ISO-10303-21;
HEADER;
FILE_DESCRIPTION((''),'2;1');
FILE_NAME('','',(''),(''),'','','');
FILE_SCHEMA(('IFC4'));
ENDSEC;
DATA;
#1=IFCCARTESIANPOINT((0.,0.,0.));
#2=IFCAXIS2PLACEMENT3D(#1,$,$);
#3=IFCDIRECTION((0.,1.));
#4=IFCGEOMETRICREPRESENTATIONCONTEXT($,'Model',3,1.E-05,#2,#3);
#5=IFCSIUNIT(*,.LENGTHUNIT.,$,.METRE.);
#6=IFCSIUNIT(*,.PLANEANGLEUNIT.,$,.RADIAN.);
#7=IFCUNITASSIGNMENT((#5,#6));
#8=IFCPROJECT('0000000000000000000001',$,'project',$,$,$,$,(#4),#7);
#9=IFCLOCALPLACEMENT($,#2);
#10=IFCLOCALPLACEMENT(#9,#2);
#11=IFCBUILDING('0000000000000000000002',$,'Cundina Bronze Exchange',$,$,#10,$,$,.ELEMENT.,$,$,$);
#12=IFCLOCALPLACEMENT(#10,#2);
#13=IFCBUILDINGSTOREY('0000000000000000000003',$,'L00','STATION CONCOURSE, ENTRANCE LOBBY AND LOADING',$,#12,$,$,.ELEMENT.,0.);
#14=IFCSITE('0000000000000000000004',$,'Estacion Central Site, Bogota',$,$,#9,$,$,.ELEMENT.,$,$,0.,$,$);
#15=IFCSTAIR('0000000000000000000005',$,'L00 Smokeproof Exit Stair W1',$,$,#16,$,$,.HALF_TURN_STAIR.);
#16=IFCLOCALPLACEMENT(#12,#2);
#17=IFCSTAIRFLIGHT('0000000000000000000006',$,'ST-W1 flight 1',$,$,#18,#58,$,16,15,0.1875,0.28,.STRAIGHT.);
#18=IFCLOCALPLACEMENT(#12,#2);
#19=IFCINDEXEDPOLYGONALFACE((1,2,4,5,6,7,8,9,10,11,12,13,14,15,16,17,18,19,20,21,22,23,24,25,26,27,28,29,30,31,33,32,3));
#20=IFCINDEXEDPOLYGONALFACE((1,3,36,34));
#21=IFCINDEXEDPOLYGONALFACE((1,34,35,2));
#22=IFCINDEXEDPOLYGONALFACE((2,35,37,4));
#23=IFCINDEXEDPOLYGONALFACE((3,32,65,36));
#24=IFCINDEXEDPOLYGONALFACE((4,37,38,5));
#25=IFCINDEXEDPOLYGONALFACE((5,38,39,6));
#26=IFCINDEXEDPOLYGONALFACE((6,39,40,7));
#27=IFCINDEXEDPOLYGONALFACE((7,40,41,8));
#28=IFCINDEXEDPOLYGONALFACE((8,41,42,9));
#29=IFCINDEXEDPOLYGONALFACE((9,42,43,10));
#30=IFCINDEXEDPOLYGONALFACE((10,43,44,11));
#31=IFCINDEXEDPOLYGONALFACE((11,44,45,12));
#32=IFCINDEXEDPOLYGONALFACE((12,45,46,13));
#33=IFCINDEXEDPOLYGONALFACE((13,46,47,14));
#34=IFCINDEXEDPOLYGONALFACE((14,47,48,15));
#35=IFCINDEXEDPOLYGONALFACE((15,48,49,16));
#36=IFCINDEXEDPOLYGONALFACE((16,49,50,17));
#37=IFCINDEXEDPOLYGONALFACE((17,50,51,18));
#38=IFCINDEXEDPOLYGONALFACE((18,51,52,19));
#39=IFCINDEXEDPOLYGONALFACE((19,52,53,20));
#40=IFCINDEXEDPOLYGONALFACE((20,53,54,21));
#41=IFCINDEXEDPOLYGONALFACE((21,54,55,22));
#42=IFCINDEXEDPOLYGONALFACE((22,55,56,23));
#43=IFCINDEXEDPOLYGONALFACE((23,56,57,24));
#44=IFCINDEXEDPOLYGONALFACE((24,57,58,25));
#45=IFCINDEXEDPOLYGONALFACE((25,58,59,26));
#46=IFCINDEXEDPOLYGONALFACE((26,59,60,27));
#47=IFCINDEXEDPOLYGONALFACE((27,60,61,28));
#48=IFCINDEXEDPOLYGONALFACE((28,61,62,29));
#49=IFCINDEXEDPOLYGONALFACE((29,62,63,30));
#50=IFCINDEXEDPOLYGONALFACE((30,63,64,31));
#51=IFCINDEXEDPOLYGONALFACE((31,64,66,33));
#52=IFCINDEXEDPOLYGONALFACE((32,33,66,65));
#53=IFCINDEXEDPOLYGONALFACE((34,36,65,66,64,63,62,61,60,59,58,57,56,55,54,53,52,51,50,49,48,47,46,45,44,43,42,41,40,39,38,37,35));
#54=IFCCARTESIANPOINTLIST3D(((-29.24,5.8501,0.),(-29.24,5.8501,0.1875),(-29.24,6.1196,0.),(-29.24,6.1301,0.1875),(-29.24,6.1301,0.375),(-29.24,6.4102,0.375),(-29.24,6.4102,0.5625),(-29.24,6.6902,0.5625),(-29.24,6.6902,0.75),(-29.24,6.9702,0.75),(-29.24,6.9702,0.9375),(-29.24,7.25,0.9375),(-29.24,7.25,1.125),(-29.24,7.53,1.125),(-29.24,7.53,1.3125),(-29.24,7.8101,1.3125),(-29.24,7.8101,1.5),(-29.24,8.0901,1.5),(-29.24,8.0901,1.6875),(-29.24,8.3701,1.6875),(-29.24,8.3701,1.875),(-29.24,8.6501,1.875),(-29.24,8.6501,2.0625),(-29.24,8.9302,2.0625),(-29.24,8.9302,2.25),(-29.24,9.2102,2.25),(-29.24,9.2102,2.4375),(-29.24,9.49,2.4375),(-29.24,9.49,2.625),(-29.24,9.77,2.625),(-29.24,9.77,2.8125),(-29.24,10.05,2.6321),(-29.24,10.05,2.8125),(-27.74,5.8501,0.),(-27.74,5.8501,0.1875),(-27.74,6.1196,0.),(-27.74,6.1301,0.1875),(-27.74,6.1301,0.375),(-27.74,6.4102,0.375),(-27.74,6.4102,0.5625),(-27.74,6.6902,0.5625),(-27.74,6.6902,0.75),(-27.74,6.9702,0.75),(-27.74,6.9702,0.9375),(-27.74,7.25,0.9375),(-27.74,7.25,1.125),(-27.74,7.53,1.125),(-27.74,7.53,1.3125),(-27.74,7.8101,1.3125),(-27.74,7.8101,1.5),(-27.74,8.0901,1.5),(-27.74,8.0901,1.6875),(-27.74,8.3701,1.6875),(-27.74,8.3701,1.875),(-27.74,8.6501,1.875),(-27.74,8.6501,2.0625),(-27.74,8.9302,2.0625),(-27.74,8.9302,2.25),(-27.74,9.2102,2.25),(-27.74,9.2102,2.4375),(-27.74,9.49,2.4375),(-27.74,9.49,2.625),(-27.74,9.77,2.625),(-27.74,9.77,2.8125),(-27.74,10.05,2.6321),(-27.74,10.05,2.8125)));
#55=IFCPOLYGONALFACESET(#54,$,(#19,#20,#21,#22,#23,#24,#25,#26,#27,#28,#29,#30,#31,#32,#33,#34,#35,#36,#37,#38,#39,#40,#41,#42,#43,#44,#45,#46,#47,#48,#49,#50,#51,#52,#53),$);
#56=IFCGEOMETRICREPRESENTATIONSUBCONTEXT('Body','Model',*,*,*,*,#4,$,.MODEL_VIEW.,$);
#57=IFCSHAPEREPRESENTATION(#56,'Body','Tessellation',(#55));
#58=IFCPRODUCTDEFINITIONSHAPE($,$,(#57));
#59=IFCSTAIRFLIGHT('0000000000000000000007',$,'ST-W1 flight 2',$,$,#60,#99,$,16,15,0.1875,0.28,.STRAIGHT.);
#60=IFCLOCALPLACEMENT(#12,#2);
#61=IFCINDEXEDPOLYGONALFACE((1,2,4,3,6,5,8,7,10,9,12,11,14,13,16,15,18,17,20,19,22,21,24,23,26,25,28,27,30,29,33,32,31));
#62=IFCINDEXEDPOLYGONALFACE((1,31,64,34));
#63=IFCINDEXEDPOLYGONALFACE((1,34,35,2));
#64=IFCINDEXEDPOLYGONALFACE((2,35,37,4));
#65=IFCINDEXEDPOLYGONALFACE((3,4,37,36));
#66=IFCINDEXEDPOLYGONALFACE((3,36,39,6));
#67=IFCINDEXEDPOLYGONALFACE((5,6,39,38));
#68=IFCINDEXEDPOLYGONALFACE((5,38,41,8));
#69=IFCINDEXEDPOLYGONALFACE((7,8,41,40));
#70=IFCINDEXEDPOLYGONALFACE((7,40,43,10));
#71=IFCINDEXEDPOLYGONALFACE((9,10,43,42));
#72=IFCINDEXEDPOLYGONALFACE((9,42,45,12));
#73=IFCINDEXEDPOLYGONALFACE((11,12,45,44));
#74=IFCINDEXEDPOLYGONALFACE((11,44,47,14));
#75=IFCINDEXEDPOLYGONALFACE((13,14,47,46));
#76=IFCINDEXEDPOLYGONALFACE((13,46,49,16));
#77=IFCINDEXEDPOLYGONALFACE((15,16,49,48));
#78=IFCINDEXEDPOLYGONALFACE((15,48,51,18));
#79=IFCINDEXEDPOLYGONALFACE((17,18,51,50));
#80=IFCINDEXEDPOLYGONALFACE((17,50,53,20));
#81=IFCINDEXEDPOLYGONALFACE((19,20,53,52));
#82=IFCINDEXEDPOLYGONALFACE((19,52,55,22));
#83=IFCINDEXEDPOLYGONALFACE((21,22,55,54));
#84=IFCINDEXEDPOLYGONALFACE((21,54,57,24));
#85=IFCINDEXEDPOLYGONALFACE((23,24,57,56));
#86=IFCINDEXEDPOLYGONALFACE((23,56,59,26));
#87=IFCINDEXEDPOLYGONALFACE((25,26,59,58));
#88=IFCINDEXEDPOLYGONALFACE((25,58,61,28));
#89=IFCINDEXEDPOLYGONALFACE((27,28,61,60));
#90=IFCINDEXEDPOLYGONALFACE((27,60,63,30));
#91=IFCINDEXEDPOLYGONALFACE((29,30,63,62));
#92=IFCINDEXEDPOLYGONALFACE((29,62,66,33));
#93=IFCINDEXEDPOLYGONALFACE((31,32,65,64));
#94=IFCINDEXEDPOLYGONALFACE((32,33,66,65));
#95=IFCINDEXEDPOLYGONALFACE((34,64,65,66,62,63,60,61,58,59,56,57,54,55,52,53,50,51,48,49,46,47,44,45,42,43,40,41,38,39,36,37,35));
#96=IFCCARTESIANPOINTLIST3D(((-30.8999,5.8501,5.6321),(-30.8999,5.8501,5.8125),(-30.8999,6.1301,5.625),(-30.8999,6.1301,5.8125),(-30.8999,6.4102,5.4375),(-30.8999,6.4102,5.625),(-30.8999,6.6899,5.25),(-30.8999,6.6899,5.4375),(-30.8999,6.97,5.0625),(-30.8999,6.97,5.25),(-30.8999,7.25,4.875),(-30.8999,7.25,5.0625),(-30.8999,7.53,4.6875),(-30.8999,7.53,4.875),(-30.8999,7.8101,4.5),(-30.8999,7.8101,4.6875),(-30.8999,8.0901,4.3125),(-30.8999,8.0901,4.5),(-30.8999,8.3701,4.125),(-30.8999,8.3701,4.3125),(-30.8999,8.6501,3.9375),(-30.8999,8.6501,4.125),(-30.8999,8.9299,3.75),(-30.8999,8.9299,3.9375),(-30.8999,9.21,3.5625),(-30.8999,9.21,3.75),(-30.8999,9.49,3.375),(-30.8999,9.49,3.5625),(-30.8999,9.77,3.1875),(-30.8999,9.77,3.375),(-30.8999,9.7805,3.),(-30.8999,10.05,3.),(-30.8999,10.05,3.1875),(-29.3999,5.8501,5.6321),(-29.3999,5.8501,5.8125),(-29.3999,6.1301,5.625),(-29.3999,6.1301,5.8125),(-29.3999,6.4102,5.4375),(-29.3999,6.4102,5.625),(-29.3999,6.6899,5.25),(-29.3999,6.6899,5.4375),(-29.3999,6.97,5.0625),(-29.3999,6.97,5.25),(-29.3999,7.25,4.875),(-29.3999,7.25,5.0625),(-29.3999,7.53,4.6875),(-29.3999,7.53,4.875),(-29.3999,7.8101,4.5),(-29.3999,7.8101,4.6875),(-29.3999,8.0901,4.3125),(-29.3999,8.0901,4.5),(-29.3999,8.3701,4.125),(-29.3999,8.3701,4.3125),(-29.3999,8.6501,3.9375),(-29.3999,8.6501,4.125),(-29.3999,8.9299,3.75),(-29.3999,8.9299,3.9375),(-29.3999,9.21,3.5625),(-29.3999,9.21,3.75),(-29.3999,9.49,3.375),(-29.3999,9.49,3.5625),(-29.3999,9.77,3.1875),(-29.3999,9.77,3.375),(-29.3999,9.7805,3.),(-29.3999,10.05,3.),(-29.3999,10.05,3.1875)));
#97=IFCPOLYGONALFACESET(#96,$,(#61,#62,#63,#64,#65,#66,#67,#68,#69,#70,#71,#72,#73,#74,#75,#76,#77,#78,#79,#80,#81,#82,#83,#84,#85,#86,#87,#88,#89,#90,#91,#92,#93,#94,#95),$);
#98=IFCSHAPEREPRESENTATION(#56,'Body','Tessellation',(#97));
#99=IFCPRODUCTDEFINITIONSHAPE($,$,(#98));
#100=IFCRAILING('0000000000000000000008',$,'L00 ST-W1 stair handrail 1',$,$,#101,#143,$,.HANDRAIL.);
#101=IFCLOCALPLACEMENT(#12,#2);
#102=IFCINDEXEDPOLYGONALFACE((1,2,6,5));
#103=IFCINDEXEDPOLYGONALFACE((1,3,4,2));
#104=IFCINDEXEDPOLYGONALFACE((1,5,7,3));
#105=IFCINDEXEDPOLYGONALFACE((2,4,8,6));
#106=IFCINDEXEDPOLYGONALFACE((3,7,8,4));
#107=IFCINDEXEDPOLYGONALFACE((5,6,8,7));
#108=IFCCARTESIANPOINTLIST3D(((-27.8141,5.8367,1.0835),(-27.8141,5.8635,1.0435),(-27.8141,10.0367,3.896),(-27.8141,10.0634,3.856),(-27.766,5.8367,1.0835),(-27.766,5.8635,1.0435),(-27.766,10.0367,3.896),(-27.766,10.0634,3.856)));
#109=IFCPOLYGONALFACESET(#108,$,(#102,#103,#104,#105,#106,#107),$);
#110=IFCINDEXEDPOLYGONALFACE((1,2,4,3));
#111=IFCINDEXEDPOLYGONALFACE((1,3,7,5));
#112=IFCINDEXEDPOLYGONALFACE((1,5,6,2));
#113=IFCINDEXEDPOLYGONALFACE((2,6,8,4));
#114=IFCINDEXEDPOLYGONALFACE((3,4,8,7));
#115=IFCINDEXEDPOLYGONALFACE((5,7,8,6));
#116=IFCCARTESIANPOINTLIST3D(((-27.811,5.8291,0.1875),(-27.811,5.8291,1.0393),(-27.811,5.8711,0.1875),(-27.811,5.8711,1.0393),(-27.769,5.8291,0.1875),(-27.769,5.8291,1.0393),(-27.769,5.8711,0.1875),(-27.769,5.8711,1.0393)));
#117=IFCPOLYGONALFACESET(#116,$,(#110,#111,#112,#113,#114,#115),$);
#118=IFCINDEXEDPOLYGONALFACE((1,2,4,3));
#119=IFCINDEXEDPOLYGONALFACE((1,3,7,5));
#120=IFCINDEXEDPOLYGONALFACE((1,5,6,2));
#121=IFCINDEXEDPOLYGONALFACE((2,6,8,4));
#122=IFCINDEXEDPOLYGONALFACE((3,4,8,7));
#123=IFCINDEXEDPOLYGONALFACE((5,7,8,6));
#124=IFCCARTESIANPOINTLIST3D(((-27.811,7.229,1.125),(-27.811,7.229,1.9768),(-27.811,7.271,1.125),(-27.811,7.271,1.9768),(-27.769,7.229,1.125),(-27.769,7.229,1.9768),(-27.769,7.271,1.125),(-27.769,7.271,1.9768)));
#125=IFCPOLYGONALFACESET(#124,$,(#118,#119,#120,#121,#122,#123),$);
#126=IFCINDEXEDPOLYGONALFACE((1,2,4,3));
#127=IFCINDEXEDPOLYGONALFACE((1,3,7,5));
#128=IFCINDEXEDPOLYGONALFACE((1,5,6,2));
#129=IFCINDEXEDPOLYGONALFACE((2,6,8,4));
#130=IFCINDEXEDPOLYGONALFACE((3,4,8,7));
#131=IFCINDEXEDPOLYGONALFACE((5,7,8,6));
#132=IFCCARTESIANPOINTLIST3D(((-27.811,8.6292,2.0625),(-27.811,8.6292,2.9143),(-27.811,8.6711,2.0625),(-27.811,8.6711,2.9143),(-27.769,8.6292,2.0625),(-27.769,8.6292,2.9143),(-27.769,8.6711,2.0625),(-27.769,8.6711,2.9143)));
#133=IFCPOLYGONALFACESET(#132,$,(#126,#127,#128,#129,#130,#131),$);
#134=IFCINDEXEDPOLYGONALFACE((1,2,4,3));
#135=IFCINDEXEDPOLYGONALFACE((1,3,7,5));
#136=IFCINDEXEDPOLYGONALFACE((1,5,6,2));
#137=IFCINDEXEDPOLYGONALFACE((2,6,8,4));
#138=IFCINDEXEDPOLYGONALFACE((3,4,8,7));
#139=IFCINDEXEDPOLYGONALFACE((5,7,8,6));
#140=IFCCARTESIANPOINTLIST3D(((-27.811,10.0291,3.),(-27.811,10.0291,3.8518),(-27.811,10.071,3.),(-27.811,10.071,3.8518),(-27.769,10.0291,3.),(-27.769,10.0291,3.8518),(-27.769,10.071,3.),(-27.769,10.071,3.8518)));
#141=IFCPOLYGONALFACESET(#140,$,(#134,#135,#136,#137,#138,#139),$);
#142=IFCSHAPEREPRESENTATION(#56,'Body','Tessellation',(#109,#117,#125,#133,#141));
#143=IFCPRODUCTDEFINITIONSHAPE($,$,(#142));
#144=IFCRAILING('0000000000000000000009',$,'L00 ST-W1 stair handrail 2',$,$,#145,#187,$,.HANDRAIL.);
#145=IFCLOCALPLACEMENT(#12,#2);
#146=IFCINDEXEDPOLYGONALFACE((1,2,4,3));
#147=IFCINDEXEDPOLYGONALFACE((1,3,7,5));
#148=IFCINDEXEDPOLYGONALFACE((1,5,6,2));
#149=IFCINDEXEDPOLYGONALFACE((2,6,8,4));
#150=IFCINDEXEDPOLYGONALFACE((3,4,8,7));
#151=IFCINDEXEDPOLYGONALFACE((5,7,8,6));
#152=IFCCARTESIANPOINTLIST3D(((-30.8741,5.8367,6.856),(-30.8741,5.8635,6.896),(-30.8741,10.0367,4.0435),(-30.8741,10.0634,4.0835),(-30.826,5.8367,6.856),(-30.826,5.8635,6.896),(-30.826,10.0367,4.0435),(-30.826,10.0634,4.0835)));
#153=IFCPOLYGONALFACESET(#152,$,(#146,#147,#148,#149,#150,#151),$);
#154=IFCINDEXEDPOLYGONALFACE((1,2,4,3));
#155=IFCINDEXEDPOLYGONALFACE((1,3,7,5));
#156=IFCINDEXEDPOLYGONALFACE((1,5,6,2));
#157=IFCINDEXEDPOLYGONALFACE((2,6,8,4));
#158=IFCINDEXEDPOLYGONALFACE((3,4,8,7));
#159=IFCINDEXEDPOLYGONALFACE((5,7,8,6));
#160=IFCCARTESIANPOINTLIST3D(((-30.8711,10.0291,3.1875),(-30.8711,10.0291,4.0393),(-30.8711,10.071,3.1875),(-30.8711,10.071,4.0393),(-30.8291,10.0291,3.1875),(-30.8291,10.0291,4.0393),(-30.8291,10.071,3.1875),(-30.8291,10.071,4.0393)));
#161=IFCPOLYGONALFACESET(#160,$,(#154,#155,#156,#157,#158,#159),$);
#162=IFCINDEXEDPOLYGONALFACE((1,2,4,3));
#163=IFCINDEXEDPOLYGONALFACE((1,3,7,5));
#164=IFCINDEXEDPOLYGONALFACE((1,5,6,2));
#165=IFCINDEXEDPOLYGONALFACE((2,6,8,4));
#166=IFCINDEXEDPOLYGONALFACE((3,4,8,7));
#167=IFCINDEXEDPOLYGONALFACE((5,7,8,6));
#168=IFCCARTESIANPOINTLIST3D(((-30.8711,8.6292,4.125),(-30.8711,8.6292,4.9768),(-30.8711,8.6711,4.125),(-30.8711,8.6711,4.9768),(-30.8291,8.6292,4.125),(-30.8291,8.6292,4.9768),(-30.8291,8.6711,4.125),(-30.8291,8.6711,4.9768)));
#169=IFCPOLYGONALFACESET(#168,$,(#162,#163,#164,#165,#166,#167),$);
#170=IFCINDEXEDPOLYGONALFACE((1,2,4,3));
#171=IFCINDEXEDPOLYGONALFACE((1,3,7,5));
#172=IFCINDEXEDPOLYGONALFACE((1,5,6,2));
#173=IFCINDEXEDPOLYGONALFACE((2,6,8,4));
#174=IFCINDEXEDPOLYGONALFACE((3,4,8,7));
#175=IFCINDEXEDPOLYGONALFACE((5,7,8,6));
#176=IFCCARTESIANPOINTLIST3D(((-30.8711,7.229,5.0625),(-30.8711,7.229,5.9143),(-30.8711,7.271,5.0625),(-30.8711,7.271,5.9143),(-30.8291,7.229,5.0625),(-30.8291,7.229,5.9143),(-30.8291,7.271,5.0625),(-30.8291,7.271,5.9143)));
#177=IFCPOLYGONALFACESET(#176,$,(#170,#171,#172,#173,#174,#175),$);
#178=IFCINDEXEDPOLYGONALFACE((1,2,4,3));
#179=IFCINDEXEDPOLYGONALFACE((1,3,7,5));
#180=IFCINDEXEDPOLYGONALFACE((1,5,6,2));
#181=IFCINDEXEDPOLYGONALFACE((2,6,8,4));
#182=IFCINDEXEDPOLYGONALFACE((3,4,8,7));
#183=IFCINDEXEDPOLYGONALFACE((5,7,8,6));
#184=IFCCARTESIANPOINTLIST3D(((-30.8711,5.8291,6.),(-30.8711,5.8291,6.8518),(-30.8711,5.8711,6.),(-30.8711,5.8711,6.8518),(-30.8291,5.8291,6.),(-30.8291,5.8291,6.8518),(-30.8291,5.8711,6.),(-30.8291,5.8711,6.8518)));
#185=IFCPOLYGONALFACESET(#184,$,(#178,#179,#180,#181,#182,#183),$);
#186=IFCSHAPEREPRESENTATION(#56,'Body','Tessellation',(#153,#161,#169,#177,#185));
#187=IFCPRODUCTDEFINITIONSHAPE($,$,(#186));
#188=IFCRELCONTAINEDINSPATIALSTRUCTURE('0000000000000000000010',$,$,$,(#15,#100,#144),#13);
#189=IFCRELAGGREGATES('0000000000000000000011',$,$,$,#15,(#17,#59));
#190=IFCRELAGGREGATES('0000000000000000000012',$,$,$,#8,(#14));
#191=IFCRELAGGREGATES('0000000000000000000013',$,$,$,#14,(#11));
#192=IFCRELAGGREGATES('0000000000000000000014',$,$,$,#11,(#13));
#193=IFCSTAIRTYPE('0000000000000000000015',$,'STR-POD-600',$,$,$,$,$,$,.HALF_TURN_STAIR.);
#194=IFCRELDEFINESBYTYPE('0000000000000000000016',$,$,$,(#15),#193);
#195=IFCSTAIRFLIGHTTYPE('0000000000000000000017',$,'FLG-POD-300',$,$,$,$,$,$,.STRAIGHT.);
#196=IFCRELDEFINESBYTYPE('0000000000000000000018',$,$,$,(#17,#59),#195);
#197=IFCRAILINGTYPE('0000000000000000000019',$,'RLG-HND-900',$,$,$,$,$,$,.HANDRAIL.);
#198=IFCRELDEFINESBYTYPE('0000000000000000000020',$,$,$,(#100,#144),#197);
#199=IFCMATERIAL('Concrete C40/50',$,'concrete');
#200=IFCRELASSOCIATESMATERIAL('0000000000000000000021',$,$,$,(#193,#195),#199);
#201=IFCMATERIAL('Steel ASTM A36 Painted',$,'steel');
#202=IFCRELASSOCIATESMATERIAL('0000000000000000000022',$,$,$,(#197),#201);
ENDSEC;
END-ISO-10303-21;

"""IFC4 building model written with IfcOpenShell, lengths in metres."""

from ifc_helpers import new_model, si_unit, direction, frame, origin, origin_2d, place, context, subcontext, project, spatial, polyline, rectangle, outline, extrude, material, type_object, element, aggregate, save


model = new_model("IFC4")

# Units and contexts
model_context = context("Model", 3, precision=1e-05, world=origin(), true_north=direction((0.0, 1.0)))
body_context = subcontext(model_context, "Body", "Model", "MODEL_VIEW")
ifc_project = project(units=[si_unit("LENGTHUNIT", "METRE"), si_unit("PLANEANGLEUNIT", "RADIAN")], contexts=[model_context])

# Site, building, storey
site_placement = place(None, origin())
site = spatial("IfcSite", under=ifc_project, at=site_placement, Name="Estacion Central Site, Bogota", CompositionType="ELEMENT", RefElevation=0.0)
building_placement = place(site_placement, origin())
building = spatial("IfcBuilding", under=site, at=building_placement, Name="Cundina Bronze Exchange", CompositionType="ELEMENT")
storey_placement = place(building_placement, origin())
storey = spatial("IfcBuildingStorey", under=building, at=storey_placement, Name="L00", Description="STATION CONCOURSE, ENTRANCE LOBBY AND LOADING", CompositionType="ELEMENT", Elevation=0.0)

# Shared definitions
ifc_material_1 = material(Name="Steel ASTM A36 Painted", Category="steel")

# Stair, stair flights
ifc_material_2 = material(Name="Concrete C40/50", Category="concrete")
stair_type = type_object("IfcStairType", Name="STR-POD-600", PredefinedType="HALF_TURN_STAIR", material=ifc_material_2)
stair_placement = place(storey_placement, origin())
stair = element("IfcStair", 1, at=stair_placement, inside=storey, type_object=stair_type, Name="L00 Smokeproof Exit Stair W1", PredefinedType="HALF_TURN_STAIR")
stair_flight_type = type_object("IfcStairFlightType", Name="FLG-POD-300", PredefinedType="STRAIGHT", material=ifc_material_2)
stair_flight_1_placement = place(storey_placement, frame((-28.49, 5.8501, 0.0), z_axis=(0.0, 0.0, 1.0), x_axis=(0.0, 1.0, 0.0)))
stair_flight_1 = element("IfcStairFlight", 2, at=stair_flight_1_placement, type_object=stair_flight_type, Name="ST-W1 flight 1", NumberOfRisers=16, NumberOfTreads=15, PredefinedType="STRAIGHT", RiserHeight=0.1875, TreadLength=0.28, context=body_context, shape_type="SweptSolid", body=[
    extrude(outline(polyline([(0.0, 0.0), (0.0, 0.1875), (0.28, 0.1875), (0.28, 0.375), (0.5601, 0.375), (0.5601, 0.5625), (0.8401, 0.5625), (0.8401, 0.75), (1.1201, 0.75), (1.1201, 0.9375), (1.3999, 0.9375), (1.3999, 1.125), (1.6799, 1.125), (1.6799, 1.3125), (1.96, 1.3125), (1.96, 1.5), (2.24, 1.5), (2.24, 1.6875), (2.52, 1.6875), (2.52, 1.875), (2.8, 1.875), (2.8, 2.0625), (3.0801, 2.0625), (3.0801, 2.25), (3.3601, 2.25), (3.3601, 2.4375), (3.6399, 2.4375), (3.6399, 2.625), (3.9199, 2.625), (3.9199, 2.8125), (4.2, 2.8125), (4.2, 3.0), (4.2, 2.6321), (0.2695, 0.0), (0.0, 0.0)])), frame((0.0, 0.75, 0.0), z_axis=(0.0, -1.0, 0.0), x_axis=(1.0, 0.0, 0.0)), (0.0, 0.0, 1.0), 1.5),
])
stair_flight_2_placement = place(storey_placement, frame((-30.1499, 10.05, 3.0), z_axis=(0.0, 0.0, 1.0), x_axis=(0.0, -1.0, 0.0)))
stair_flight_2 = element("IfcStairFlight", 3, at=stair_flight_2_placement, type_object=stair_flight_type, Name="ST-W1 flight 2", NumberOfRisers=16, NumberOfTreads=15, PredefinedType="STRAIGHT", RiserHeight=0.1875, TreadLength=0.28, context=body_context, shape_type="SweptSolid", body=[
    extrude(outline(polyline([(0.0, 0.0), (0.0, 0.1875), (0.28, 0.1875), (0.28, 0.375), (0.5601, 0.375), (0.5601, 0.5625), (0.8401, 0.5625), (0.8401, 0.75), (1.1201, 0.75), (1.1201, 0.9375), (1.3999, 0.9375), (1.3999, 1.125), (1.6799, 1.125), (1.6799, 1.3125), (1.96, 1.3125), (1.96, 1.5), (2.24, 1.5), (2.24, 1.6875), (2.52, 1.6875), (2.52, 1.875), (2.8, 1.875), (2.8, 2.0625), (3.0801, 2.0625), (3.0801, 2.25), (3.3601, 2.25), (3.3601, 2.4375), (3.6399, 2.4375), (3.6399, 2.625), (3.9199, 2.625), (3.9199, 2.8125), (4.2, 2.8125), (4.2, 3.0), (4.2, 2.6321), (0.2695, 0.0), (0.0, 0.0)])), frame((0.0, 0.75, 0.0), z_axis=(0.0, -1.0, 0.0), x_axis=(1.0, 0.0, 0.0)), (0.0, 0.0, 1.0), 1.5),
])
aggregate(stair, [stair_flight_1, stair_flight_2])

# Railings
railing_type_1 = type_object("IfcRailingType", Name="RLG-HND-900", PredefinedType="HANDRAIL", material=ifc_material_1)
railing_1_placement = place(storey_placement, frame((-27.79, 5.8501, 0.1875)))
element("IfcRailing", 4, at=railing_1_placement, inside=storey, type_object=railing_type_1, Name="L00 ST-W1 stair handrail 1", PredefinedType="HANDRAIL", context=body_context, shape_type="SweptSolid", body=[
    extrude(rectangle(XDim=0.0481, YDim=0.0481, at=origin_2d()), frame((0.0, 0.0, 0.876), z_axis=(0.0, 0.830904, 0.556416), x_axis=(-1.0, 0.0, 0.0)), (0.0, 0.0, 1.0), 5.0547),
    extrude(rectangle(XDim=0.042, YDim=0.042, at=origin_2d()), origin(), (0.0, 0.0, 1.0), 0.8518),
    extrude(rectangle(XDim=0.042, YDim=0.042, at=origin_2d()), frame((0.0, 1.3999, 0.9375)), (0.0, 0.0, 1.0), 0.8518),
    extrude(rectangle(XDim=0.042, YDim=0.042, at=origin_2d()), frame((0.0, 2.8, 1.875)), (0.0, 0.0, 1.0), 0.8518),
    extrude(rectangle(XDim=0.042, YDim=0.042, at=origin_2d()), frame((0.0, 4.2, 2.8125)), (0.0, 0.0, 1.0), 0.8518),
])
railing_2_placement = place(storey_placement, frame((-30.8501, 10.05, 3.1875)))
element("IfcRailing", 5, at=railing_2_placement, inside=storey, type_object=railing_type_1, Name="L00 ST-W1 stair handrail 2", PredefinedType="HANDRAIL", context=body_context, shape_type="SweptSolid", body=[
    extrude(rectangle(XDim=0.0481, YDim=0.0481, at=origin_2d()), frame((0.0, 0.0, 0.876), z_axis=(0.0, -0.830904, 0.556416), x_axis=(1.0, 0.0, 0.0)), (0.0, 0.0, 1.0), 5.0547),
    extrude(rectangle(XDim=0.042, YDim=0.042, at=origin_2d()), origin(), (0.0, 0.0, 1.0), 0.8518),
    extrude(rectangle(XDim=0.042, YDim=0.042, at=origin_2d()), frame((0.0, -1.3999, 0.9375)), (0.0, 0.0, 1.0), 0.8518),
    extrude(rectangle(XDim=0.042, YDim=0.042, at=origin_2d()), frame((0.0, -2.8, 1.875)), (0.0, 0.0, 1.0), 0.8518),
    extrude(rectangle(XDim=0.042, YDim=0.042, at=origin_2d()), frame((0.0, -4.2, 2.8125)), (0.0, 0.0, 1.0), 0.8518),
])

save(model, "model.ifc")
